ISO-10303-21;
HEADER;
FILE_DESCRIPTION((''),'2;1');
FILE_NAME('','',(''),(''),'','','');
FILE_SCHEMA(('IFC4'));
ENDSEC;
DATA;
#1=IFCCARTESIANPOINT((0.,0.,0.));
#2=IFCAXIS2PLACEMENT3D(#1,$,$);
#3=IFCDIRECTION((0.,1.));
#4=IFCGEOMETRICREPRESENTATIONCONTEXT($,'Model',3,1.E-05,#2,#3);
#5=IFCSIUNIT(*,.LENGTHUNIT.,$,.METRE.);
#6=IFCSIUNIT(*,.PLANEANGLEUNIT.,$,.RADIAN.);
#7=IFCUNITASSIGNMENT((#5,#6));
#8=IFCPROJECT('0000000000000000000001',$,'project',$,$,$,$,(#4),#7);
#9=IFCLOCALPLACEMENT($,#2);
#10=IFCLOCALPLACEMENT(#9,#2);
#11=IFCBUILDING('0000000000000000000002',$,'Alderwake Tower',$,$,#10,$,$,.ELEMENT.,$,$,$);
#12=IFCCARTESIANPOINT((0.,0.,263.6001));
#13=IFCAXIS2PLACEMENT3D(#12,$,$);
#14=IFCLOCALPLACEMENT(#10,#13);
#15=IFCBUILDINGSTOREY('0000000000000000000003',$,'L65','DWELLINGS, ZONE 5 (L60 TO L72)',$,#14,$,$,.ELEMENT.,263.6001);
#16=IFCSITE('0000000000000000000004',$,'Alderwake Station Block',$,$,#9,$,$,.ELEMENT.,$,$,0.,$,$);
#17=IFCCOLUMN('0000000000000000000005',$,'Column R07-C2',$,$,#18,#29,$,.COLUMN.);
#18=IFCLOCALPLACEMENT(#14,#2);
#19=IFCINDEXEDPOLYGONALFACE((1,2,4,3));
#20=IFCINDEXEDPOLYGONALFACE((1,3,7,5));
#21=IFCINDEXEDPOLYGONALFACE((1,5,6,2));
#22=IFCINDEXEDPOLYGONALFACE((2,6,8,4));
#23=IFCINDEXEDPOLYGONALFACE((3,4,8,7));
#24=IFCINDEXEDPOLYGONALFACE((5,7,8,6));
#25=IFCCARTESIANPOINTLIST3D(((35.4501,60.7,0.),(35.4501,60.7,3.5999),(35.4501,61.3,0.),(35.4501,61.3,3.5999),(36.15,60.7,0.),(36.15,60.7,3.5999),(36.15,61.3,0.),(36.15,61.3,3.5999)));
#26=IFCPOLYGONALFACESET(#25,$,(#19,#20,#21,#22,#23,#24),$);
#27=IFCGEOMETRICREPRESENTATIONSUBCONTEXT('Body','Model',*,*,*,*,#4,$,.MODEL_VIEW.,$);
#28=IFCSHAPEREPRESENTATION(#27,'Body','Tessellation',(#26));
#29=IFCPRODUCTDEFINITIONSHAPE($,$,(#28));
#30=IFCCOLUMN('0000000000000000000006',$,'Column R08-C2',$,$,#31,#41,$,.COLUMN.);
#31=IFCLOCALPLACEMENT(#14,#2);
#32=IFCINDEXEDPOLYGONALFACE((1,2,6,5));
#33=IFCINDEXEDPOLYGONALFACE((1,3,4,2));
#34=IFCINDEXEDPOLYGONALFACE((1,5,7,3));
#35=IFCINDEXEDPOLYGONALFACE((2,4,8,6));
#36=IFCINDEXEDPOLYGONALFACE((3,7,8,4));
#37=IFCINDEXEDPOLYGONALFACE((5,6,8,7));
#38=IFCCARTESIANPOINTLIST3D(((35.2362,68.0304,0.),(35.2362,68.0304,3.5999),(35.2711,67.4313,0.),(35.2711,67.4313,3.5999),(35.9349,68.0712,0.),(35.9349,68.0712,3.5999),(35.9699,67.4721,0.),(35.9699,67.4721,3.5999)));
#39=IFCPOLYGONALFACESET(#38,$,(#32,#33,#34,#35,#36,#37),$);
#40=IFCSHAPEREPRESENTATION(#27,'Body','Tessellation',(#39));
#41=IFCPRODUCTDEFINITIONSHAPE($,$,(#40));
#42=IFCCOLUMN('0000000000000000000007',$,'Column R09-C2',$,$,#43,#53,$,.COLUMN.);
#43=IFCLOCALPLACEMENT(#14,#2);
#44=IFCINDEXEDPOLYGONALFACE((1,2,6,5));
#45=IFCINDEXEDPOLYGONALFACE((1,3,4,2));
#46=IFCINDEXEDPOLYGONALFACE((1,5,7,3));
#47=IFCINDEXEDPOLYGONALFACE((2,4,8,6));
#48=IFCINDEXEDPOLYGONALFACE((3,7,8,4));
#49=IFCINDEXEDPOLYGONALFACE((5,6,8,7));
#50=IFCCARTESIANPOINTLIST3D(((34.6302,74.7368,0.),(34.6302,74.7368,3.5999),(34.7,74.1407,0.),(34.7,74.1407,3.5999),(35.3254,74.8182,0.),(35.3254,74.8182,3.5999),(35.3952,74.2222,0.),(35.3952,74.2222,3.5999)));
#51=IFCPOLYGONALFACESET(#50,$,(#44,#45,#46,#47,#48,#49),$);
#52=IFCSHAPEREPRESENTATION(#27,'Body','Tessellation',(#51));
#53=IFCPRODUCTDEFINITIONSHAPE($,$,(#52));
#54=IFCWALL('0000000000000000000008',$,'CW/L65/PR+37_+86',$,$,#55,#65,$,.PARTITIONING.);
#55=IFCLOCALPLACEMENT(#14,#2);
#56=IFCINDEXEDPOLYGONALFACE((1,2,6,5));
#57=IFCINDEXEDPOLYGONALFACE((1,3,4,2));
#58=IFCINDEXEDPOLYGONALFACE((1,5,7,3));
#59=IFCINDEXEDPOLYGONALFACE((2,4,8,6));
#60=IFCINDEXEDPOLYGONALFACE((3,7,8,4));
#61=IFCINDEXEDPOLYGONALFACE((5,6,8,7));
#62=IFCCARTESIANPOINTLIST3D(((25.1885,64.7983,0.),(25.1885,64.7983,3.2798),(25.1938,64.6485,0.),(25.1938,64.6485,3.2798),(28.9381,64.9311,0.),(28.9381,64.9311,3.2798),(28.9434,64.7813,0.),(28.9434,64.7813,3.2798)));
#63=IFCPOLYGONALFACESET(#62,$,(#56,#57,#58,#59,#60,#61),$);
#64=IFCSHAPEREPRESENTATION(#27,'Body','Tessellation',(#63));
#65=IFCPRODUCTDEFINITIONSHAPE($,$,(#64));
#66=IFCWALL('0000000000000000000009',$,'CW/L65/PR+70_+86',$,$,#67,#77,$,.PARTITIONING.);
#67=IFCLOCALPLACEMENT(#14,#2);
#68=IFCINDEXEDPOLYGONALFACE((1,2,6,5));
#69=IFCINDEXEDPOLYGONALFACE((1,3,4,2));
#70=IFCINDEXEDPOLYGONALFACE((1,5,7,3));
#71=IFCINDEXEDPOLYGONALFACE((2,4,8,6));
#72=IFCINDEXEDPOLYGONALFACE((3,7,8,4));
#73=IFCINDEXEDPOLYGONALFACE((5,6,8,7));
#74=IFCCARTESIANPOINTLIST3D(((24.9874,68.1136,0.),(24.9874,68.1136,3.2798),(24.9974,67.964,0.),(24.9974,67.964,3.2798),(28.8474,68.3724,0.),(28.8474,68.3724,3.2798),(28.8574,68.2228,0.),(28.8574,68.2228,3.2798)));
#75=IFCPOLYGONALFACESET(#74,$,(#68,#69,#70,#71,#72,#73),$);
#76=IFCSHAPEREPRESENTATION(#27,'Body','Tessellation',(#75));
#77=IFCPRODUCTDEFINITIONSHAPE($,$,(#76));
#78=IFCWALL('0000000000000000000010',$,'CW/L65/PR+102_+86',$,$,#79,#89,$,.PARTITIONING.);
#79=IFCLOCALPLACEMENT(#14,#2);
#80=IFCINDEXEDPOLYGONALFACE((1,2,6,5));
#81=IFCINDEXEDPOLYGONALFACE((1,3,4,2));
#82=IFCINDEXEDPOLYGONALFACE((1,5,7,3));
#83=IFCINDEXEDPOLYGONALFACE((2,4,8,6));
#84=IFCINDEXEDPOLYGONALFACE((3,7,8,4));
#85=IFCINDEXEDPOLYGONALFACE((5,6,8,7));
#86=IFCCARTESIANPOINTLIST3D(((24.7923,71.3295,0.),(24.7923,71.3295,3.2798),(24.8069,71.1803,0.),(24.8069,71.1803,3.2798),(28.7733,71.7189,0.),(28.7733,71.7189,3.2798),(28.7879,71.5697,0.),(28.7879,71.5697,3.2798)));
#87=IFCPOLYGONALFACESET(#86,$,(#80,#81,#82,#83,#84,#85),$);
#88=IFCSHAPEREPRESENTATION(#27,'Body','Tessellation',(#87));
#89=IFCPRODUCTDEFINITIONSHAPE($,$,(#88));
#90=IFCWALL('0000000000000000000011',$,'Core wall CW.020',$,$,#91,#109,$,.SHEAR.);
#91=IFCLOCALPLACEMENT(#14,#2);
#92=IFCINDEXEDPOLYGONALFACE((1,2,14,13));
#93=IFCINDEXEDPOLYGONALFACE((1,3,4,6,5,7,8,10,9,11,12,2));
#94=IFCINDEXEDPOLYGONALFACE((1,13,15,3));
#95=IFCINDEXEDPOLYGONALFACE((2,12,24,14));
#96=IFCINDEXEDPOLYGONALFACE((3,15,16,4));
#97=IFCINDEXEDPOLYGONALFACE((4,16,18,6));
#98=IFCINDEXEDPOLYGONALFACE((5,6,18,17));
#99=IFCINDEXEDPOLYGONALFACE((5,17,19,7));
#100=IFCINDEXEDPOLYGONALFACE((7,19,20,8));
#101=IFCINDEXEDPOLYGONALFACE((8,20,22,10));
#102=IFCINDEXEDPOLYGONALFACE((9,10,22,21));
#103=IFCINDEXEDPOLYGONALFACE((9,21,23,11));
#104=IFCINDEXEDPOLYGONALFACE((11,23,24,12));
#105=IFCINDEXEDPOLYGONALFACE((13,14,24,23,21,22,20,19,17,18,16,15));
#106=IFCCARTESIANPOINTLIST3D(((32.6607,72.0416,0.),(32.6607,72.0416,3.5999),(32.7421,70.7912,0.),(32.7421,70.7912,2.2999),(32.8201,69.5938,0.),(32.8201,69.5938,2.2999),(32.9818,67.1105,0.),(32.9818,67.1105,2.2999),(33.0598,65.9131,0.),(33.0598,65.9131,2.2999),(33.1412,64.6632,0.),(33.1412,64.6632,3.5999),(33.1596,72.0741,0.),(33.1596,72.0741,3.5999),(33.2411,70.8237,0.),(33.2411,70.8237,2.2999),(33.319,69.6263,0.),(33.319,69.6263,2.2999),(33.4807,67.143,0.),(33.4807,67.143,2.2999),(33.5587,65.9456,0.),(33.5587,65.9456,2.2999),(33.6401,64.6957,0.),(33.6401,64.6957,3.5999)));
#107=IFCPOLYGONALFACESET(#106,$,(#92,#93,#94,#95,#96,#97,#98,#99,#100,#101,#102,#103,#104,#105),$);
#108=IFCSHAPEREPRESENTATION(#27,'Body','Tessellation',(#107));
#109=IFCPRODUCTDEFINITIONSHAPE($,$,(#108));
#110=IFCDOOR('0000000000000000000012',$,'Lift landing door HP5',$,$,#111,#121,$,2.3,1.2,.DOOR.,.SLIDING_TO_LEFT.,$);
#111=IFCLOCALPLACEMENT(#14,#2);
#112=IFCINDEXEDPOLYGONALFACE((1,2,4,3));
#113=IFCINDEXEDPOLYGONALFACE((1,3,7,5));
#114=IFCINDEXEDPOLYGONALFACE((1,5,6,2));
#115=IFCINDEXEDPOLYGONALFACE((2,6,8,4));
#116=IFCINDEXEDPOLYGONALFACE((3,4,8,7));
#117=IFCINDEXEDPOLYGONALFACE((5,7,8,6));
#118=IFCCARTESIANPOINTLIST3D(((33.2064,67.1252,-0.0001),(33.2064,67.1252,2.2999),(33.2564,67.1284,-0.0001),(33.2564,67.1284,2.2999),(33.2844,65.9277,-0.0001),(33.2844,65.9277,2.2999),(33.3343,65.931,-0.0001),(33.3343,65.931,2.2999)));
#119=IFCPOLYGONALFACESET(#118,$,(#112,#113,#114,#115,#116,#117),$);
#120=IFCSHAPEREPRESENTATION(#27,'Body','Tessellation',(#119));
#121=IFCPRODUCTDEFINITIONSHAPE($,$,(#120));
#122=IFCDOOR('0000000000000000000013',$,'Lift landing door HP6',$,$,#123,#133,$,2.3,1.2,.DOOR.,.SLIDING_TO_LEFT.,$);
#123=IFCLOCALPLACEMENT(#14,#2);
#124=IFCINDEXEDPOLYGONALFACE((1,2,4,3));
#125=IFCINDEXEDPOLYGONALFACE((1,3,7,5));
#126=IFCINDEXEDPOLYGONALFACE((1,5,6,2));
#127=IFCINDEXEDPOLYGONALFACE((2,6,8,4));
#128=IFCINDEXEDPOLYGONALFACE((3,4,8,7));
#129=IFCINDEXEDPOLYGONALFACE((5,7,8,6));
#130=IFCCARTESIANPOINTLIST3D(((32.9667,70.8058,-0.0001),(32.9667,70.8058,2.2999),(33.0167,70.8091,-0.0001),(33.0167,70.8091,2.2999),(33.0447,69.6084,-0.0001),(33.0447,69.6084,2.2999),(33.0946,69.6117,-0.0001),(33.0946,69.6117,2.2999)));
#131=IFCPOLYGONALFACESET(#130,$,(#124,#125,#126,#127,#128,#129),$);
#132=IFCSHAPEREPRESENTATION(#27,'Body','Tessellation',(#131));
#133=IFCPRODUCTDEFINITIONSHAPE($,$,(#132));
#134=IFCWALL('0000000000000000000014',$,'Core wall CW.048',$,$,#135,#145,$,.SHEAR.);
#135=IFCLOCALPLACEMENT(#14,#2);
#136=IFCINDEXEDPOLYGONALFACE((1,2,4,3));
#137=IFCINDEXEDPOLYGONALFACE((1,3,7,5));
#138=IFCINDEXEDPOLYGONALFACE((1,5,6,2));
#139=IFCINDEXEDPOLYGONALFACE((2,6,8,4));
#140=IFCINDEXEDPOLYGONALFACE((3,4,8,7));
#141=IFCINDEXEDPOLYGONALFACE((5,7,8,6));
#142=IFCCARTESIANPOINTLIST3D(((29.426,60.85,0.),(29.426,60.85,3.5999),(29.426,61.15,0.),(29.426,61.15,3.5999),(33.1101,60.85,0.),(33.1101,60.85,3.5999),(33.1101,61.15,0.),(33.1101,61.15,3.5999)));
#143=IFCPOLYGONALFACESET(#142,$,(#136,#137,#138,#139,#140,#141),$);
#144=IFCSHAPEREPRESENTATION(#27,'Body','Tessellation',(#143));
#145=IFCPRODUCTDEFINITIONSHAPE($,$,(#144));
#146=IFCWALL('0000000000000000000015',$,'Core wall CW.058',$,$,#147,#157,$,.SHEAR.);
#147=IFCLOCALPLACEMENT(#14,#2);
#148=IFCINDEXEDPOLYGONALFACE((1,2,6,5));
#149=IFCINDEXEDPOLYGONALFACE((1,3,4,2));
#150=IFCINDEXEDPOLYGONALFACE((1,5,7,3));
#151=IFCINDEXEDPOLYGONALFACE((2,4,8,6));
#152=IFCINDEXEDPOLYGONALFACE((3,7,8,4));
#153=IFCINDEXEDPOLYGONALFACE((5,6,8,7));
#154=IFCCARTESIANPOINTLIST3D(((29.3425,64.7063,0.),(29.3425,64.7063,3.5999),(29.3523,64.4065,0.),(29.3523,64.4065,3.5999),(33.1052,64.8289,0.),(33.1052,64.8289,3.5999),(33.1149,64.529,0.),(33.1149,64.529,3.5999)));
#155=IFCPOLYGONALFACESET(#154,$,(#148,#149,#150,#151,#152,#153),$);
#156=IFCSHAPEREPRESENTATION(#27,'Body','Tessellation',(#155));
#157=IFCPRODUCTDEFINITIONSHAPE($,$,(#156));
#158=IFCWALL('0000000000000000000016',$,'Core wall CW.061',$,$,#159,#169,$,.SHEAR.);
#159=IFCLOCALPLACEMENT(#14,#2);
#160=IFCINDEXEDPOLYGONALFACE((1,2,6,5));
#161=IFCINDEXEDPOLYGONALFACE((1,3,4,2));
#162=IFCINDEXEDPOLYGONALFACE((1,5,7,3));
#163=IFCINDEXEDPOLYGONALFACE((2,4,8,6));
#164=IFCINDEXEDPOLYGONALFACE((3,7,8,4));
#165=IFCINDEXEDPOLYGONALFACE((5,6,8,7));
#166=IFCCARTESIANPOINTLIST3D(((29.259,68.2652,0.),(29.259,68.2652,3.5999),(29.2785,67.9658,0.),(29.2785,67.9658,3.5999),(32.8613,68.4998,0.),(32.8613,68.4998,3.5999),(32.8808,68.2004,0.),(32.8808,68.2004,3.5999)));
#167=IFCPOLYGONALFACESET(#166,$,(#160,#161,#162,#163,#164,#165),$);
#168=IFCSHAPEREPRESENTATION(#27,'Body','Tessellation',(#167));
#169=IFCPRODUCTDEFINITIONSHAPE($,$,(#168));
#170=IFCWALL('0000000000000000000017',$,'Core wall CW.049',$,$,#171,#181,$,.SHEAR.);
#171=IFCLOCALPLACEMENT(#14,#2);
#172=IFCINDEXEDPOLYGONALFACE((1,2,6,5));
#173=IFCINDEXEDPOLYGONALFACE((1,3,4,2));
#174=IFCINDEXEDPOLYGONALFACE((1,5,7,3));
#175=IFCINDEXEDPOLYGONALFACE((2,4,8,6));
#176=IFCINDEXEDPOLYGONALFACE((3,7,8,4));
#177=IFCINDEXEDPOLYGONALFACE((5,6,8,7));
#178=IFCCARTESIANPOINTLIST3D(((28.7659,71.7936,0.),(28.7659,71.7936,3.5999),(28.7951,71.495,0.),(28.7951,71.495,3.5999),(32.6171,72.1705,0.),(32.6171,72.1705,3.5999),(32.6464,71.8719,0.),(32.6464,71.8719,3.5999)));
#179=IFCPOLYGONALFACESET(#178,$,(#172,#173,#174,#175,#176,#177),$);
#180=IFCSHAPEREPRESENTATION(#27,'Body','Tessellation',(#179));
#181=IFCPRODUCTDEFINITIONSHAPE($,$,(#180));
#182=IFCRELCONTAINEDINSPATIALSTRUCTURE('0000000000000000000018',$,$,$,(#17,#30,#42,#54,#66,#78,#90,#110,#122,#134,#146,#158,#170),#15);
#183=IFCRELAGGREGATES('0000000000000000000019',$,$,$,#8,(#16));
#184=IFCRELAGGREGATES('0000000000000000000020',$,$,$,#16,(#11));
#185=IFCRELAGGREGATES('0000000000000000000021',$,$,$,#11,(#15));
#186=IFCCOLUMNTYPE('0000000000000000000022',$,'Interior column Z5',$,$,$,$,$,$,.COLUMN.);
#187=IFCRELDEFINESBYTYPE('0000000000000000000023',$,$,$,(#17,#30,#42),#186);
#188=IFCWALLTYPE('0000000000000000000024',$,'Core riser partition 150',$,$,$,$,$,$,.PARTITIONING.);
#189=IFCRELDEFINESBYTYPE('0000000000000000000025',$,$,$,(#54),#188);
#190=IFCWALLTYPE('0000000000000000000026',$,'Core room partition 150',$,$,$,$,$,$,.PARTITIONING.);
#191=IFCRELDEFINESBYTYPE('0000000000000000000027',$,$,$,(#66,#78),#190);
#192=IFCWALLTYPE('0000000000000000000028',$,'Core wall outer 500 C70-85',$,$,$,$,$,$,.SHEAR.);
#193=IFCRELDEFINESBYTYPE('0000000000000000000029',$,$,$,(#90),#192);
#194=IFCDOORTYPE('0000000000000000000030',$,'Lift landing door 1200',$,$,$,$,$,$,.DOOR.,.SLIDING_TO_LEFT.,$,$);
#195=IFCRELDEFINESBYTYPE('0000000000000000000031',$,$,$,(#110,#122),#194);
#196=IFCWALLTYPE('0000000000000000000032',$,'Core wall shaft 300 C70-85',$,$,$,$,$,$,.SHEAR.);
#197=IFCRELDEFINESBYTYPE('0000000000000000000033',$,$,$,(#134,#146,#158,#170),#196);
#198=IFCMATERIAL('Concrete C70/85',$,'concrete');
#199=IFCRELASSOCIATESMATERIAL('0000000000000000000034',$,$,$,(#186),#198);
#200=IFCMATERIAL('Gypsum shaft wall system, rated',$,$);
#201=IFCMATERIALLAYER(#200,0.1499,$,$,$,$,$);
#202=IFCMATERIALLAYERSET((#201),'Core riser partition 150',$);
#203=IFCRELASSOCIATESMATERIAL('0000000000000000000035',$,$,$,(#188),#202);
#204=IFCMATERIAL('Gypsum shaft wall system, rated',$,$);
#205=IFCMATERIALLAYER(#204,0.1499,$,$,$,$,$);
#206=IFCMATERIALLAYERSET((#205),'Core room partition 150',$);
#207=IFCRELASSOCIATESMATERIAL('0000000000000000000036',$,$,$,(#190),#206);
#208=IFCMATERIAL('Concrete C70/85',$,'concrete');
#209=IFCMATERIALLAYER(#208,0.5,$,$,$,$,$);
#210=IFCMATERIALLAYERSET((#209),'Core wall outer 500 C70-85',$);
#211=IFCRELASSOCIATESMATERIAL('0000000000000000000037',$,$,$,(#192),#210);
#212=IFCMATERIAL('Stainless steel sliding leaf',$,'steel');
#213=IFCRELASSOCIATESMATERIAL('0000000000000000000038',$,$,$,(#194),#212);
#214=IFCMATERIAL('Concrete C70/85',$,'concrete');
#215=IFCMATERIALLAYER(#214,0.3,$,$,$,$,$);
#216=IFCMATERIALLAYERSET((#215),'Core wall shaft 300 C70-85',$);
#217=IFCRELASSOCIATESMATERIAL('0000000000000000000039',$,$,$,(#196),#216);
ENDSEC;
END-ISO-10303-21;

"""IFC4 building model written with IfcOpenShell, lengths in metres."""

from ifc_helpers import new_model, si_unit, direction, frame, frame_2d, origin, origin_2d, place, context, subcontext, project, spatial, rectangle, extrude, material, layer, layer_set, material_profile, profile_set, type_object, element, fill, save


model = new_model("IFC4")

# Units and contexts
model_context = context("Model", 3, precision=1e-05, world=origin(), true_north=direction((0.0, 1.0)))
body_context = subcontext(model_context, "Body", "Model", "MODEL_VIEW")
ifc_project = project(units=[si_unit("LENGTHUNIT", "METRE"), si_unit("PLANEANGLEUNIT", "RADIAN")], contexts=[model_context])

# Site, building, storey
site_placement = place(None, origin())
site = spatial("IfcSite", under=ifc_project, at=site_placement, Name="Alderwake Station Block", CompositionType="ELEMENT", RefElevation=0.0)
building_placement = place(site_placement, origin())
building = spatial("IfcBuilding", under=site, at=building_placement, Name="Alderwake Tower", CompositionType="ELEMENT")
storey_placement = place(building_placement, frame((0.0, 0.0, 263.6001)))
storey = spatial("IfcBuildingStorey", under=building, at=storey_placement, Name="L65", Description="DWELLINGS, ZONE 5 (L60 TO L72)", CompositionType="ELEMENT", Elevation=263.6001)

# Columns
ifc_material_1 = material(Name="Concrete C70/85", Category="concrete")
ifc_material_profile = material_profile(ifc_material_1, rectangle(XDim=0.6001, YDim=0.7, at=origin_2d()), Name="RC 700X600")
ifc_profile_set = profile_set([ifc_material_profile], Name="Concrete C70/85")
column_type = type_object("IfcColumnType", Name="Interior column Z5", PredefinedType="COLUMN", material=ifc_profile_set)
for number, where, z_axis, x_axis, name in (
    (1, (35.8, 61.0, 0.0), (0.0, 0.0, 1.0), (0.0, 1.0, 0.0), "Column R07-C2"),
    (2, (35.603, 67.7512, 0.0), (0.0, 0.0, 1.0), (-0.058301, 0.998299, 0.0), "Column R08-C2"),
    (3, (35.0127, 74.4795, 0.0), (0.0, 0.0, 1.0), (-0.116402, 0.993202, 0.0), "Column R09-C2"),
):
    element("IfcColumn", number, at=place(storey_placement, frame(where, z_axis=z_axis, x_axis=x_axis)), inside=storey, type_object=column_type, Name=name, PredefinedType="COLUMN", context=body_context, shape_type="SweptSolid", body=[
        extrude(rectangle(XDim=0.6001, YDim=0.7, at=origin_2d()), origin(), (0.0, 0.0, 1.0), 3.5999),
    ])

# Walls
ifc_material_2 = material(Name="Gypsum shaft wall system, rated")
ifc_layer_1 = layer(ifc_material_2, 0.1499)
ifc_layer_set_1 = layer_set([ifc_layer_1], Name="Core riser partition 150")
wall_type_1 = type_object("IfcWallType", Name="Core riser partition 150", PredefinedType="PARTITIONING", material=ifc_layer_set_1)
wall_1_placement = place(storey_placement, frame((25.1912, 64.7234, 0.0), z_axis=(0.0, 0.0, 1.0), x_axis=(0.999373, 0.035399, 0.0)))
element("IfcWall", 4, at=wall_1_placement, inside=storey, type_object=wall_type_1, Name="CW/L65/PR+37_+86", PredefinedType="PARTITIONING", context=body_context, shape_type="SweptSolid", body=[
    extrude(rectangle(XDim=3.752, YDim=0.1499, at=frame_2d((1.876, 0.0))), origin(), (0.0, 0.0, 1.0), 3.2798),
])
ifc_material_3 = material(Name="Gypsum shaft wall system, rated")
ifc_layer_2 = layer(ifc_material_3, 0.1499)
ifc_layer_set_2 = layer_set([ifc_layer_2], Name="Core room partition 150")
wall_type_2 = type_object("IfcWallType", Name="Core room partition 150", PredefinedType="PARTITIONING", material=ifc_layer_set_2)
wall_2_placement = place(storey_placement, frame((24.9924, 68.0388, 0.0), z_axis=(0.0, 0.0, 1.0), x_axis=(0.99776, 0.066892, 0.0)))
element("IfcWall", 5, at=wall_2_placement, inside=storey, type_object=wall_type_2, Name="CW/L65/PR+70_+86", PredefinedType="PARTITIONING", context=body_context, shape_type="SweptSolid", body=[
    extrude(rectangle(XDim=3.8687, YDim=0.1499, at=frame_2d((1.9343, 0.0))), origin(), (0.0, 0.0, 1.0), 3.2798),
])
wall_3_placement = place(storey_placement, frame((24.7996, 71.2549, 0.0), z_axis=(0.0, 0.0, 1.0), x_axis=(0.99525, 0.097352, 0.0)))
element("IfcWall", 6, at=wall_3_placement, inside=storey, type_object=wall_type_2, Name="CW/L65/PR+102_+86", PredefinedType="PARTITIONING", context=body_context, shape_type="SweptSolid", body=[
    extrude(rectangle(XDim=4.0, YDim=0.1499, at=frame_2d((2.0, 0.0))), origin(), (0.0, 0.0, 1.0), 3.2798),
])

# Wall, openings, doors
ifc_material_4 = material(Name="Concrete C70/85", Category="concrete")
ifc_layer_3 = layer(ifc_material_4, 0.5)
ifc_layer_set_3 = layer_set([ifc_layer_3], Name="Core wall outer 500 C70-85")
wall_type_3 = type_object("IfcWallType", Name="Core wall outer 500 C70-85", PredefinedType="SHEAR", material=ifc_layer_set_3)
wall_4_placement = place(storey_placement, frame((33.3906, 64.6794, 0.0), z_axis=(0.0, 0.0, 1.0), x_axis=(-0.064981, 0.997887, 0.0)))
wall_4 = element("IfcWall", 7, at=wall_4_placement, inside=storey, type_object=wall_type_3, Name="Core wall CW.020", PredefinedType="SHEAR", context=body_context, shape_type="SweptSolid", body=[
    extrude(rectangle(XDim=7.394, YDim=0.5, at=frame_2d((3.697, 0.0))), origin(), (0.0, 0.0, 1.0), 3.5999),
])
opening_1_placement = place(wall_4_placement, frame((1.2524, 0.0, 0.0)))
opening_1 = element("IfcOpeningElement", 8, at=opening_1_placement, cuts=wall_4, PredefinedType="OPENING", context=body_context, shape_type="SweptSolid", body=[
    extrude(rectangle(XDim=1.2, YDim=2.3, at=frame_2d((0.6001, 1.1499))), frame((0.0, 0.26, 0.0), z_axis=(0.0, -1.0, 0.0), x_axis=(1.0, 0.0, 0.0)), (0.0, 0.0, 1.0), 0.52),
])
opening_2_placement = place(wall_4_placement, frame((4.9409, 0.0, 0.0)))
opening_2 = element("IfcOpeningElement", 9, at=opening_2_placement, cuts=wall_4, PredefinedType="OPENING", context=body_context, shape_type="SweptSolid", body=[
    extrude(rectangle(XDim=1.2, YDim=2.3, at=frame_2d((0.6001, 1.1499))), frame((0.0, 0.26, 0.0), z_axis=(0.0, -1.0, 0.0), x_axis=(1.0, 0.0, 0.0)), (0.0, 0.0, 1.0), 0.52),
])
ifc_material_5 = material(Name="Stainless steel sliding leaf", Category="steel")
door_type_1 = type_object("IfcDoorType", Name="Lift landing door 1200", OperationType="SLIDING_TO_LEFT", PredefinedType="DOOR", material=ifc_material_5)
door_1_placement = place(opening_1_placement, origin())
door_1 = element("IfcDoor", 10, at=door_1_placement, inside=storey, type_object=door_type_1, Name="Lift landing door HP5", OperationType="SLIDING_TO_LEFT", OverallHeight=2.3, OverallWidth=1.2, PredefinedType="DOOR", context=body_context, shape_type="SweptSolid", body=[
    extrude(rectangle(XDim=1.2, YDim=2.3, at=frame_2d((0.6001, 1.1499))), frame((0.0, 0.0249, 0.0), z_axis=(0.0, -1.0, 0.0), x_axis=(1.0, 0.0, 0.0)), (0.0, 0.0, 1.0), 0.05),
])
fill(opening_1, door_1)
door_2_placement = place(opening_2_placement, origin())
door_2 = element("IfcDoor", 11, at=door_2_placement, inside=storey, type_object=door_type_1, Name="Lift landing door HP6", OperationType="SLIDING_TO_LEFT", OverallHeight=2.3, OverallWidth=1.2, PredefinedType="DOOR", context=body_context, shape_type="SweptSolid", body=[
    extrude(rectangle(XDim=1.2, YDim=2.3, at=frame_2d((0.6001, 1.1499))), frame((0.0, 0.0249, 0.0), z_axis=(0.0, -1.0, 0.0), x_axis=(1.0, 0.0, 0.0)), (0.0, 0.0, 1.0), 0.05),
])
fill(opening_2, door_2)

# Walls
ifc_material_6 = material(Name="Concrete C70/85", Category="concrete")
ifc_layer_4 = layer(ifc_material_6, 0.3)
ifc_layer_set_4 = layer_set([ifc_layer_4], Name="Core wall shaft 300 C70-85")
wall_type_4 = type_object("IfcWallType", Name="Core wall shaft 300 C70-85", PredefinedType="SHEAR", material=ifc_layer_set_4)
wall_5_placement = place(storey_placement, frame((29.426, 61.0, 0.0), z_axis=(0.0, 0.0, 1.0), x_axis=(1.0, 0.0, 0.0)))
element("IfcWall", 12, at=wall_5_placement, inside=storey, type_object=wall_type_4, Name="Core wall CW.048", PredefinedType="SHEAR", context=body_context, shape_type="SweptSolid", body=[
    extrude(rectangle(XDim=3.6841, YDim=0.3, at=frame_2d((1.842, 0.0))), origin(), (0.0, 0.0, 1.0), 3.5999),
])
wall_6_placement = place(storey_placement, frame((29.3474, 64.5564, 0.0), z_axis=(0.0, 0.0, 1.0), x_axis=(0.99947, 0.032555, 0.0)))
element("IfcWall", 13, at=wall_6_placement, inside=storey, type_object=wall_type_4, Name="Core wall CW.058", PredefinedType="SHEAR", context=body_context, shape_type="SweptSolid", body=[
    extrude(rectangle(XDim=3.7646, YDim=0.3, at=frame_2d((1.8823, 0.0))), origin(), (0.0, 0.0, 1.0), 3.5999),
])
wall_7_placement = place(storey_placement, frame((29.2688, 68.1155, 0.0), z_axis=(0.0, 0.0, 1.0), x_axis=(0.997886, 0.064993, 0.0)))
element("IfcWall", 14, at=wall_7_placement, inside=storey, type_object=wall_type_4, Name="Core wall CW.061", PredefinedType="SHEAR", context=body_context, shape_type="SweptSolid", body=[
    extrude(rectangle(XDim=3.6099, YDim=0.3, at=frame_2d((1.8049, 0.0))), origin(), (0.0, 0.0, 1.0), 3.5999),
])
wall_8_placement = place(storey_placement, frame((28.7805, 71.6443, 0.0), z_axis=(0.0, 0.0, 1.0), x_axis=(0.995244, 0.097411, 0.0)))
element("IfcWall", 15, at=wall_8_placement, inside=storey, type_object=wall_type_4, Name="Core wall CW.049", PredefinedType="SHEAR", context=body_context, shape_type="SweptSolid", body=[
    extrude(rectangle(XDim=3.8696, YDim=0.3, at=frame_2d((1.9348, 0.0))), origin(), (0.0, 0.0, 1.0), 3.5999),
])

save(model, "model.ifc")
